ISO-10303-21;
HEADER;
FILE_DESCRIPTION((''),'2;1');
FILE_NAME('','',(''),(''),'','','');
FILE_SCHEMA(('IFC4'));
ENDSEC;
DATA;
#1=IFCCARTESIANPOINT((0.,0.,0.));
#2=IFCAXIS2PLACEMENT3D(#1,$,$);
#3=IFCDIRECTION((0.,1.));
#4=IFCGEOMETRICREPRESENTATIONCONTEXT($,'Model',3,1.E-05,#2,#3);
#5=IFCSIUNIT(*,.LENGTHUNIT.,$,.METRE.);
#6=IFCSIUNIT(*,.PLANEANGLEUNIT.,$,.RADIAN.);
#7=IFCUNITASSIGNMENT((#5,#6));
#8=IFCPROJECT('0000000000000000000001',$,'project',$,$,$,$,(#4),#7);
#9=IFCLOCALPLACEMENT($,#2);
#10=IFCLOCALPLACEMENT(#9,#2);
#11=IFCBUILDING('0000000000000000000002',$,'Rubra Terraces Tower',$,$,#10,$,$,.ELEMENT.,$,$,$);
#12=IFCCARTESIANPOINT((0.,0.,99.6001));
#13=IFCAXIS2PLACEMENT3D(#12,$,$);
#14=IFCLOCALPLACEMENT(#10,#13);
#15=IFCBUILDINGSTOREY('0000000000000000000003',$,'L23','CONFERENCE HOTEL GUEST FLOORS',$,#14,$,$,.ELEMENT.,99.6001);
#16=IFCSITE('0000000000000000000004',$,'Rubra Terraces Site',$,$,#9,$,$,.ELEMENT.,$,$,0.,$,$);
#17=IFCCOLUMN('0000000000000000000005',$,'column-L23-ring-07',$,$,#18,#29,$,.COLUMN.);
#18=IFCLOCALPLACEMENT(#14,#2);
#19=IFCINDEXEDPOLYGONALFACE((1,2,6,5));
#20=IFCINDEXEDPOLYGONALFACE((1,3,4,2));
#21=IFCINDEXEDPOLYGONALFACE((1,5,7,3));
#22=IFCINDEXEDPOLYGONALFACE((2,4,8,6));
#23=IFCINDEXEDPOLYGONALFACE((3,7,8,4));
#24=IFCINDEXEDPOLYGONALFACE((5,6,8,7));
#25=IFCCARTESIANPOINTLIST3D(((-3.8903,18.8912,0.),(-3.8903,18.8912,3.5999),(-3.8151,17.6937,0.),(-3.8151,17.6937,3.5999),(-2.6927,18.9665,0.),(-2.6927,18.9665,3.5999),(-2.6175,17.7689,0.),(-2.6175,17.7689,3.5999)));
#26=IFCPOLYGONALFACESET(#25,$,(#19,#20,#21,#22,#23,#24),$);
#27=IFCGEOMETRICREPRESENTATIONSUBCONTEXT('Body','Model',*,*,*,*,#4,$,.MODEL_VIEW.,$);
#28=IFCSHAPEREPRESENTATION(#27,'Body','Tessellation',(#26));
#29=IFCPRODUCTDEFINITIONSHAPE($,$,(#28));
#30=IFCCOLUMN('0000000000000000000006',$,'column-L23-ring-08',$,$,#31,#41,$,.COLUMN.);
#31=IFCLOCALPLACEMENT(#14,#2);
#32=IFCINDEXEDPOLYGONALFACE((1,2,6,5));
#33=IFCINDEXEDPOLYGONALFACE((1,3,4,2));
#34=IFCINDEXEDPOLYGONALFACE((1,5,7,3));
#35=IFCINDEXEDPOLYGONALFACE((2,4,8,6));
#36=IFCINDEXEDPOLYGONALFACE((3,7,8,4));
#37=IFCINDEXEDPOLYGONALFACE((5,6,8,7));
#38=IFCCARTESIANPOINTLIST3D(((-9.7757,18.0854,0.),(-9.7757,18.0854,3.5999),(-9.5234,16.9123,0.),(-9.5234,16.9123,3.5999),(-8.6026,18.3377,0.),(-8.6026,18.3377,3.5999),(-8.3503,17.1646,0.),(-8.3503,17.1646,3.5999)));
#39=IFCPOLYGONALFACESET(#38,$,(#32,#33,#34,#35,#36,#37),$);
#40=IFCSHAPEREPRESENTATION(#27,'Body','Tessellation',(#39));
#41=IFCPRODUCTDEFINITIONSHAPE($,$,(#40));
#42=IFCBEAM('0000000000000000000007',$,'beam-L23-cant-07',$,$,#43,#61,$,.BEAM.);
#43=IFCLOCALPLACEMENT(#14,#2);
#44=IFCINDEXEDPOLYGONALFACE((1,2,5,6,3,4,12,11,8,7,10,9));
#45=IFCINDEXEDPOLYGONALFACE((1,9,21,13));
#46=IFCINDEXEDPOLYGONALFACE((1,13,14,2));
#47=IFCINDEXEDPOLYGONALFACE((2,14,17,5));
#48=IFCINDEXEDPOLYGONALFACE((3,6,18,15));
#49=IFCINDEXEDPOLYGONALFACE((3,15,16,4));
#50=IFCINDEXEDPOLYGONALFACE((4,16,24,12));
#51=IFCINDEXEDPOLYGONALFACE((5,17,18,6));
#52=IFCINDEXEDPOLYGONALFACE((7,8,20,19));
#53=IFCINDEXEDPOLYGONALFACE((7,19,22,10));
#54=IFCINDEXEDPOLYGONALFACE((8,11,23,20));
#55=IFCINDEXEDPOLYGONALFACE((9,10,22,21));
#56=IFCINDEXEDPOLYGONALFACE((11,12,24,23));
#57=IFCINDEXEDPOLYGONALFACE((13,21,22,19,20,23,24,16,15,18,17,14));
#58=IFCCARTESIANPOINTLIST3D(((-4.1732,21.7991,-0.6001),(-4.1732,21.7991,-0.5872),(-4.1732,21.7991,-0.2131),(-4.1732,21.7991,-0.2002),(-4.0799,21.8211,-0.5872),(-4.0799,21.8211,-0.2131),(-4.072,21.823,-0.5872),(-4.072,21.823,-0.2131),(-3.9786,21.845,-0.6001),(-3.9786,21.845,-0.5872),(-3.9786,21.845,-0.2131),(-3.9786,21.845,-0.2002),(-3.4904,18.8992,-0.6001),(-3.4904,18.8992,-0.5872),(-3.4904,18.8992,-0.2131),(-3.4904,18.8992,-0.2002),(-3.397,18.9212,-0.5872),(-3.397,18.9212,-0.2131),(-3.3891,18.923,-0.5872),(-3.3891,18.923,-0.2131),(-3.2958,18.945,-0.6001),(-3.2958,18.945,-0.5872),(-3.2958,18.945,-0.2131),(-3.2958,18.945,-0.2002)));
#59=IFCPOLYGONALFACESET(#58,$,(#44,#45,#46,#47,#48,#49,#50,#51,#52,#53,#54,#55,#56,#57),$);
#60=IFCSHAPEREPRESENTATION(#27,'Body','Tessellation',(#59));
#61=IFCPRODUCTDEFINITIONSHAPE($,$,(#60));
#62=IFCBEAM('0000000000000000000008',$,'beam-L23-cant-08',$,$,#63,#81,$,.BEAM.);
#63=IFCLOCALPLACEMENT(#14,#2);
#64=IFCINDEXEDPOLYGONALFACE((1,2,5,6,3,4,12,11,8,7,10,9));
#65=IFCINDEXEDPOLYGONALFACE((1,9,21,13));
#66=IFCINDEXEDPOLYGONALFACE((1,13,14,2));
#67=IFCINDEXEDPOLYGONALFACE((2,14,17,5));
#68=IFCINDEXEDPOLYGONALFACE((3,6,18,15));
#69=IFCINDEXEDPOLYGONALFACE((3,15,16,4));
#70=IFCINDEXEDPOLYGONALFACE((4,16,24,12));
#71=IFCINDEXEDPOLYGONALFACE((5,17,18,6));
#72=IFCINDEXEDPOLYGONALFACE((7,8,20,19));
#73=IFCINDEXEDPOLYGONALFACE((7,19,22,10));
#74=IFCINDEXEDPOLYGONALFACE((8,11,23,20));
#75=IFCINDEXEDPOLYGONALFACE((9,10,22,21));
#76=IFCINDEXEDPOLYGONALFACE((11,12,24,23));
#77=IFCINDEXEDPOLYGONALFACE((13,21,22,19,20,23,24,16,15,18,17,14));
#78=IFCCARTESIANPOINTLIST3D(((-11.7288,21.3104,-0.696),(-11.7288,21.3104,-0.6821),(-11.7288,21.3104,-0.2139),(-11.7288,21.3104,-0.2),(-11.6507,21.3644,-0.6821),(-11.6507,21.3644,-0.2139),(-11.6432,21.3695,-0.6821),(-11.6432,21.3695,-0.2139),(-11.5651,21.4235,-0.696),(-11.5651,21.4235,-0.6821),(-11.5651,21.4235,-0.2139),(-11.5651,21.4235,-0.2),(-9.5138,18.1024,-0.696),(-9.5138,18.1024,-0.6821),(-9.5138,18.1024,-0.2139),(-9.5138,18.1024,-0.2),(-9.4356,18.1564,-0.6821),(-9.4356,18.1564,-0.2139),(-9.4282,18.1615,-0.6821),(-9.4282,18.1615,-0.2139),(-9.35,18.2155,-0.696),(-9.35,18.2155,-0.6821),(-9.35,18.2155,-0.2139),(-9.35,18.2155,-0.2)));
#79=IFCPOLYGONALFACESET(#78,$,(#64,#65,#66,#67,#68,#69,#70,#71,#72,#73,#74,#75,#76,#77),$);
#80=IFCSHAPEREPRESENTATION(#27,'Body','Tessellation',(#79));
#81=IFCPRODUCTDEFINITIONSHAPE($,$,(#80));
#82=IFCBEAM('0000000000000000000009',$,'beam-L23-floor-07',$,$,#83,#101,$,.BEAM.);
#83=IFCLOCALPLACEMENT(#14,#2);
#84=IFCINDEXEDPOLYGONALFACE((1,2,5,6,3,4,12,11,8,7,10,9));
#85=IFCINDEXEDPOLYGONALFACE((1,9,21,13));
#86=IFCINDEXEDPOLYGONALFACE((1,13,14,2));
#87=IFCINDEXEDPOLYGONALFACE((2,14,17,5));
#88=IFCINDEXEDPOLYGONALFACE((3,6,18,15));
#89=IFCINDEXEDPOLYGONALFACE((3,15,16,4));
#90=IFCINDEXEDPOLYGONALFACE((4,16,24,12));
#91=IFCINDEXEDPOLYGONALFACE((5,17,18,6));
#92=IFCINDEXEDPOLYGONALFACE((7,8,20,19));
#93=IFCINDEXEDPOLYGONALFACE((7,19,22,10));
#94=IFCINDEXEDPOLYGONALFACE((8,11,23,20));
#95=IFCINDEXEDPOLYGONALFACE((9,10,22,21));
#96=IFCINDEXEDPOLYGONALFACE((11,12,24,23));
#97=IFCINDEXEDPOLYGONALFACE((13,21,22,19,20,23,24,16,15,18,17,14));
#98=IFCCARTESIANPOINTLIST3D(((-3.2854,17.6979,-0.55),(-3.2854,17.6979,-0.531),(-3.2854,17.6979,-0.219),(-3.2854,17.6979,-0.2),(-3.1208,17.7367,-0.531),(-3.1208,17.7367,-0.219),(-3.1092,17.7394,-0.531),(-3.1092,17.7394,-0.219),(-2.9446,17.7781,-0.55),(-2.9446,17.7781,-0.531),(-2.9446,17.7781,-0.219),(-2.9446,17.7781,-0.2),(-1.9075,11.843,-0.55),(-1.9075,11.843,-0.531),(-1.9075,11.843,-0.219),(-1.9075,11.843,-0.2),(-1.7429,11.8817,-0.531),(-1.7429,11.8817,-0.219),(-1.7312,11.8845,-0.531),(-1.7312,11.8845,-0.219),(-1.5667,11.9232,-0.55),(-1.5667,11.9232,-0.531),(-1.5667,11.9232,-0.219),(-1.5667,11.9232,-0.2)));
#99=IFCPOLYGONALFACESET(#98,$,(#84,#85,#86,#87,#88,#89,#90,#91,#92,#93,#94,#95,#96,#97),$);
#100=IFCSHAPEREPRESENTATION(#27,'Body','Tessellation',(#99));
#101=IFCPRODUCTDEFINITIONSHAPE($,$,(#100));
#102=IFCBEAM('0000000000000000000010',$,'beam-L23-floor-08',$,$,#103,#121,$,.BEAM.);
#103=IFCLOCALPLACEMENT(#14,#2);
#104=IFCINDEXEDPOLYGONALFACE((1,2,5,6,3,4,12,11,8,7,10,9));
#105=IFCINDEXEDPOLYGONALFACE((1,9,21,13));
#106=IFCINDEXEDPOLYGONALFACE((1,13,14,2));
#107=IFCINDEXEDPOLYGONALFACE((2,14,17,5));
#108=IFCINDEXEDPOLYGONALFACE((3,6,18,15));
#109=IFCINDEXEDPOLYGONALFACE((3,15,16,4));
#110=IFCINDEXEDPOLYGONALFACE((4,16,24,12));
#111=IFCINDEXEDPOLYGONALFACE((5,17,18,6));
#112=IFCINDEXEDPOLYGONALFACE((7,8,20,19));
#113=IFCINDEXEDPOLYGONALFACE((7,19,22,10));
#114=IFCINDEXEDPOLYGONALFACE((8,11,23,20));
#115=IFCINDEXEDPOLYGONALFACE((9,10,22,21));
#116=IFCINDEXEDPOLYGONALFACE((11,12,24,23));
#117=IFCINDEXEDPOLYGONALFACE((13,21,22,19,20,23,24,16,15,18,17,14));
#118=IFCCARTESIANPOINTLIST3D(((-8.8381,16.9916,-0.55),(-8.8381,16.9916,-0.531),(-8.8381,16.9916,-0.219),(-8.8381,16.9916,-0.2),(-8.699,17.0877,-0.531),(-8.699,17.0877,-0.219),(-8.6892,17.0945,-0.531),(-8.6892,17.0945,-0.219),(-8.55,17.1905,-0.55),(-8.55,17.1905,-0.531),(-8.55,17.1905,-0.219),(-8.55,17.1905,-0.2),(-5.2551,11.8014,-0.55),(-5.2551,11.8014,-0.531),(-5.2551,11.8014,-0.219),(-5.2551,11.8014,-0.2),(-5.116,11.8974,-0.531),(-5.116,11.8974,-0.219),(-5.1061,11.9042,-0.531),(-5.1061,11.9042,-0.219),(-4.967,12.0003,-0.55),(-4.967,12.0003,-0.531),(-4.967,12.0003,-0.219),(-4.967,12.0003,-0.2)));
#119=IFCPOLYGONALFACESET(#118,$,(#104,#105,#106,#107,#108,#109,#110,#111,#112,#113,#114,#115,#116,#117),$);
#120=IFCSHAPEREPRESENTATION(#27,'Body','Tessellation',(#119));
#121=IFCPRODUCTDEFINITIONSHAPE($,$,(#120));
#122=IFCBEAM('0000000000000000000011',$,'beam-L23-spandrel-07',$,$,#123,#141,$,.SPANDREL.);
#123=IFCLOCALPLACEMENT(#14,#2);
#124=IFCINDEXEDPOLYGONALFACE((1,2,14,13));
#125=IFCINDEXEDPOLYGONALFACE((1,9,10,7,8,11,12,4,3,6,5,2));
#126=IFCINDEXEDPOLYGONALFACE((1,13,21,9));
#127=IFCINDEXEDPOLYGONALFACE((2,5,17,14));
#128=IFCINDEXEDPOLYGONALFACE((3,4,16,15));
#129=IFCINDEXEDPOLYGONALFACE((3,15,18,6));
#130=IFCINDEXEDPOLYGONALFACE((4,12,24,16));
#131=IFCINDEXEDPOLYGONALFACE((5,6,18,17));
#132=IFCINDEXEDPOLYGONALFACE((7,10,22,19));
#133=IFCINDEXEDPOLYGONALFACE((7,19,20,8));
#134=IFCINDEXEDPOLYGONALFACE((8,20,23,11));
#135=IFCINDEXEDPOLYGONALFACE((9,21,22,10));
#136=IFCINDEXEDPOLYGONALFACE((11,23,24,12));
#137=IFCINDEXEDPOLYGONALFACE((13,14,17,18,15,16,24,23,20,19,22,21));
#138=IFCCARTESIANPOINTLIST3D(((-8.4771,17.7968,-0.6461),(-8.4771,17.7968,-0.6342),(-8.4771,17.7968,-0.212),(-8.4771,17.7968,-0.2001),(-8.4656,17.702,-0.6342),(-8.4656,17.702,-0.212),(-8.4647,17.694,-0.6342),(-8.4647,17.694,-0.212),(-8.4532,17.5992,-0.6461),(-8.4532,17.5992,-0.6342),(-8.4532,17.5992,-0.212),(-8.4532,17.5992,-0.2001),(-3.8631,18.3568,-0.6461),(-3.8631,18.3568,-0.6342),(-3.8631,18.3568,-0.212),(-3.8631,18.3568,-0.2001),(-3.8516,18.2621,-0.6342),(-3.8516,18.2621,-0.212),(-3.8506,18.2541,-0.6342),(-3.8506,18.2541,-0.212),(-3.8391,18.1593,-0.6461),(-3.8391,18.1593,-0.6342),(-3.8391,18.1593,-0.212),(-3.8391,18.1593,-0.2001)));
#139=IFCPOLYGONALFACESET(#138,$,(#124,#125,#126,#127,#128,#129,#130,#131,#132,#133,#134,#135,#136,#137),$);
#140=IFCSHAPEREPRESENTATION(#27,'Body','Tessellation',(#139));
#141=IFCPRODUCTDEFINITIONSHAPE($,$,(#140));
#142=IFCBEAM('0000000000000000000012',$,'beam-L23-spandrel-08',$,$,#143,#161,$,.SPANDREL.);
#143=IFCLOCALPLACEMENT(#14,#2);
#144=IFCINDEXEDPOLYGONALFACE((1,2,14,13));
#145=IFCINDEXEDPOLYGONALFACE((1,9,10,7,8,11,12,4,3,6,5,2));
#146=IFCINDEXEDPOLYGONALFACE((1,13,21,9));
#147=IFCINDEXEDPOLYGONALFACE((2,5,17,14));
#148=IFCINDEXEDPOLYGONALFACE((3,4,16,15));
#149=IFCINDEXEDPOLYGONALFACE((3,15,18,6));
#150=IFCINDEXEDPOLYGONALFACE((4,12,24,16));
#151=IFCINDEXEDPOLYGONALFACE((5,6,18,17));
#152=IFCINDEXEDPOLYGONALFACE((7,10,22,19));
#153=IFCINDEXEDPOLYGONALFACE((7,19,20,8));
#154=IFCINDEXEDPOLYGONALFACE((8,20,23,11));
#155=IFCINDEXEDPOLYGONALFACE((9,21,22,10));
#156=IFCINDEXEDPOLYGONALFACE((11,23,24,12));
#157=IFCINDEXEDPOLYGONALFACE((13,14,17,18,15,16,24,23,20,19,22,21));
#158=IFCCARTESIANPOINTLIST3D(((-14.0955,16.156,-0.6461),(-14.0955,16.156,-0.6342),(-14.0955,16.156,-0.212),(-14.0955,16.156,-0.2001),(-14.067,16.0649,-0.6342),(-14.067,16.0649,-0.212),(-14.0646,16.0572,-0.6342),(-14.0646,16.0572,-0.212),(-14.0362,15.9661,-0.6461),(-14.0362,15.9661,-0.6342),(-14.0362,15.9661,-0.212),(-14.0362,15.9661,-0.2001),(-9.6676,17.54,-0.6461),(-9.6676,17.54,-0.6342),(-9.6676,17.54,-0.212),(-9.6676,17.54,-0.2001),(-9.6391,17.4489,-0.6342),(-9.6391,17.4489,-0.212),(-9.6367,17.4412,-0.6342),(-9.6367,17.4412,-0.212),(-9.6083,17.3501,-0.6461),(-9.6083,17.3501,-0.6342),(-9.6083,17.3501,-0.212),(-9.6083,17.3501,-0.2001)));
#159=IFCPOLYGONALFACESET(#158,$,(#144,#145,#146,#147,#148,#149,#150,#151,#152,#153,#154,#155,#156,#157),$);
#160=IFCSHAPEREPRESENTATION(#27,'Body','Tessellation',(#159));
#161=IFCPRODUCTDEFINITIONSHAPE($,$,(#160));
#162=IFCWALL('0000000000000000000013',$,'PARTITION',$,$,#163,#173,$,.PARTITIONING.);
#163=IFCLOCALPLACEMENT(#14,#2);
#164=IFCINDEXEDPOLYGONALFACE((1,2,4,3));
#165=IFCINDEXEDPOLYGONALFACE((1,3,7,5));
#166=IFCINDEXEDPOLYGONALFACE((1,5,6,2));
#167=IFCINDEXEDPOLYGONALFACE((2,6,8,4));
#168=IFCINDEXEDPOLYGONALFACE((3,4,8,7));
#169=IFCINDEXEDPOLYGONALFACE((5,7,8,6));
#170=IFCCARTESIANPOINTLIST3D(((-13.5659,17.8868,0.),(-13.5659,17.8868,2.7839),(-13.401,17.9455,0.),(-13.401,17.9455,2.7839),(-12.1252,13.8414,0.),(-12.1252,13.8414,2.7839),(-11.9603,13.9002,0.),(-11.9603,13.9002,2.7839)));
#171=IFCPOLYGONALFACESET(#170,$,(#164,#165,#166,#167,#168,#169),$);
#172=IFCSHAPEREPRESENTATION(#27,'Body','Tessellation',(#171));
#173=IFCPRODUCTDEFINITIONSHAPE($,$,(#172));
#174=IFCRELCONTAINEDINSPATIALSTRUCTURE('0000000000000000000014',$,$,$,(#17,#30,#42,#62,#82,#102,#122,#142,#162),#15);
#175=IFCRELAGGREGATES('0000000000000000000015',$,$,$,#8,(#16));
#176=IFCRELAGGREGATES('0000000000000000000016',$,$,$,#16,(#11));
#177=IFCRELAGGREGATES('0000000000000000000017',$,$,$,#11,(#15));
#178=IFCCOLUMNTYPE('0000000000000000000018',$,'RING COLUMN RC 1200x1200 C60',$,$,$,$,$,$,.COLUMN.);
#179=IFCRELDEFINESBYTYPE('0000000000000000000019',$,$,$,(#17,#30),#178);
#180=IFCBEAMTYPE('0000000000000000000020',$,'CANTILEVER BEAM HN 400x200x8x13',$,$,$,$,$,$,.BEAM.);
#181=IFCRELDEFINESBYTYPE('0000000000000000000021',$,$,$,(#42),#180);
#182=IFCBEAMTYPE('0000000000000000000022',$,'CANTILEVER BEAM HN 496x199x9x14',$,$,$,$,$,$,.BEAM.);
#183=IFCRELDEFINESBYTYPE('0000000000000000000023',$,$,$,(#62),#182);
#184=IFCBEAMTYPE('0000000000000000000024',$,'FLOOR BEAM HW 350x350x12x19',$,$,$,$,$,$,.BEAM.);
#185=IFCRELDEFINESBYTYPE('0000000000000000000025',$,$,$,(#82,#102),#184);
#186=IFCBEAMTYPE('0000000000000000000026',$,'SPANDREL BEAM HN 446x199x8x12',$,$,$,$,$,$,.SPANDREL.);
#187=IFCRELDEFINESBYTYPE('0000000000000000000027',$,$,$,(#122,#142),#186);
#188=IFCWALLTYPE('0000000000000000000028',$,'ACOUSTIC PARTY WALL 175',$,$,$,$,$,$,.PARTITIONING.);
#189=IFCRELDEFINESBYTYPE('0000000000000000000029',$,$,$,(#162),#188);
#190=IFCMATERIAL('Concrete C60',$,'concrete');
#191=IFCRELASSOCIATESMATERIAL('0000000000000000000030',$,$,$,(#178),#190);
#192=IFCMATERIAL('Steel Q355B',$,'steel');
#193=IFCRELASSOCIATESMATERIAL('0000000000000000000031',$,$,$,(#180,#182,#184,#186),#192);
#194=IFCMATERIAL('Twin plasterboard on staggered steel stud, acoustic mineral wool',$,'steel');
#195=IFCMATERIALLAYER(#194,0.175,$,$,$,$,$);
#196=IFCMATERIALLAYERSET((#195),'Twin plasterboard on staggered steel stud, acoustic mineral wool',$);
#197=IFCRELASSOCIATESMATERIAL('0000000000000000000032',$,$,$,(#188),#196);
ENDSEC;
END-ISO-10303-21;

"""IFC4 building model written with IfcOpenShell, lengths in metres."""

from ifc_helpers import new_model, si_unit, direction, frame, frame_2d, origin, origin_2d, place, context, subcontext, project, spatial, rectangle, i_section, extrude, material, layer, layer_set, material_profile, profile_set, type_object, element, save


model = new_model("IFC4")

# Units and contexts
model_context = context("Model", 3, precision=1e-05, world=origin(), true_north=direction((0.0, 1.0)))
body_context = subcontext(model_context, "Body", "Model", "MODEL_VIEW")
ifc_project = project(units=[si_unit("LENGTHUNIT", "METRE"), si_unit("PLANEANGLEUNIT", "RADIAN")], contexts=[model_context])

# Site, building, storey
site_placement = place(None, origin())
site = spatial("IfcSite", under=ifc_project, at=site_placement, Name="Rubra Terraces Site", CompositionType="ELEMENT", RefElevation=0.0)
building_placement = place(site_placement, origin())
building = spatial("IfcBuilding", under=site, at=building_placement, Name="Rubra Terraces Tower", CompositionType="ELEMENT")
storey_placement = place(building_placement, frame((0.0, 0.0, 99.6001)))
storey = spatial("IfcBuildingStorey", under=building, at=storey_placement, Name="L23", Description="CONFERENCE HOTEL GUEST FLOORS", CompositionType="ELEMENT", Elevation=99.6001)

# Columns
ifc_material_1 = material(Name="Concrete C60", Category="concrete")
ifc_material_profile_1 = material_profile(ifc_material_1, rectangle(XDim=1.2, YDim=1.2, at=origin_2d()), Name="RC 1200x1200")
ifc_profile_set_1 = profile_set([ifc_material_profile_1], Name="Concrete C60")
column_type = type_object("IfcColumnType", Name="RING COLUMN RC 1200x1200 C60", PredefinedType="COLUMN", material=ifc_profile_set_1)
for number, where, z_axis, x_axis, name in (
    (1, (-3.2539, 18.3301, 0.0), (0.0, 0.0, 1.0), (-0.998032, -0.062714, 0.0), "column-L23-ring-07"),
    (2, (-9.063, 17.625, 0.0), (0.0, 0.0, 1.0), (-0.977653, -0.210227, 0.0), "column-L23-ring-08"),
):
    element("IfcColumn", number, at=place(storey_placement, frame(where, z_axis=z_axis, x_axis=x_axis)), inside=storey, type_object=column_type, Name=name, PredefinedType="COLUMN", context=body_context, shape_type="SweptSolid", body=[
        extrude(rectangle(XDim=1.2, YDim=1.2, at=origin_2d()), origin(), (0.0, 0.0, 1.0), 3.5999),
    ])

# Beams
ifc_material_2 = material(Name="Steel Q355B", Category="steel")
ifc_material_profile_2 = material_profile(ifc_material_2, i_section(OverallWidth=0.2, OverallDepth=0.3999, WebThickness=0.0081, FlangeThickness=0.0129, at=origin_2d()), Name="HN 400x200x8x13")
ifc_profile_set_2 = profile_set([ifc_material_profile_2], Name="Steel Q355B")
beam_type_1 = type_object("IfcBeamType", Name="CANTILEVER BEAM HN 400x200x8x13", PredefinedType="BEAM", material=ifc_profile_set_2)
beam_1_placement = place(storey_placement, frame((-3.3931, 18.9221, -0.4001), z_axis=(-0.229208, 0.973377, 0.0), x_axis=(-0.973377, -0.229208, 0.0)))
element("IfcBeam", 3, at=beam_1_placement, inside=storey, type_object=beam_type_1, Name="beam-L23-cant-07", PredefinedType="BEAM", context=body_context, shape_type="SweptSolid", body=[
    extrude(i_section(OverallWidth=0.2, OverallDepth=0.3999, WebThickness=0.0081, FlangeThickness=0.0129, at=origin_2d()), origin(), (0.0, 0.0, 1.0), 2.9792),
])
ifc_material_profile_3 = material_profile(ifc_material_2, i_section(OverallWidth=0.199, OverallDepth=0.4961, WebThickness=0.009, FlangeThickness=0.0139, at=origin_2d()), Name="HN 496x199x9x14")
ifc_profile_set_3 = profile_set([ifc_material_profile_3], Name="Steel Q355B")
beam_type_2 = type_object("IfcBeamType", Name="CANTILEVER BEAM HN 496x199x9x14", PredefinedType="BEAM", material=ifc_profile_set_3)
beam_2_placement = place(storey_placement, frame((-9.4319, 18.1589, -0.448), z_axis=(-0.568197, 0.822893, 0.0), x_axis=(-0.822893, -0.568197, 0.0)))
element("IfcBeam", 4, at=beam_2_placement, inside=storey, type_object=beam_type_2, Name="beam-L23-cant-08", PredefinedType="BEAM", context=body_context, shape_type="SweptSolid", body=[
    extrude(i_section(OverallWidth=0.199, OverallDepth=0.4961, WebThickness=0.009, FlangeThickness=0.0139, at=origin_2d()), origin(), (0.0, 0.0, 1.0), 3.8984),
])
ifc_material_profile_4 = material_profile(ifc_material_2, i_section(OverallWidth=0.3501, OverallDepth=0.3501, WebThickness=0.012, FlangeThickness=0.019, at=origin_2d()), Name="HW 350x350x12x19")
ifc_profile_set_4 = profile_set([ifc_material_profile_4], Name="Steel Q355B")
beam_type_3 = type_object("IfcBeamType", Name="FLOOR BEAM HW 350x350x12x19", PredefinedType="BEAM", material=ifc_profile_set_4)
beam_3_placement = place(storey_placement, frame((-3.115, 17.738, -0.375), z_axis=(0.229085, -0.973407, 0.0), x_axis=(0.973407, 0.229085, 0.0)))
element("IfcBeam", 5, at=beam_3_placement, inside=storey, type_object=beam_type_3, Name="beam-L23-floor-07", PredefinedType="BEAM", context=body_context, shape_type="SweptSolid", body=[
    extrude(i_section(OverallWidth=0.3501, OverallDepth=0.3501, WebThickness=0.012, FlangeThickness=0.019, at=origin_2d()), origin(), (0.0, 0.0, 1.0), 6.0149),
])
beam_4_placement = place(storey_placement, frame((-8.6941, 17.0911, -0.375), z_axis=(0.568116, -0.822948, 0.0), x_axis=(0.822948, 0.568116, 0.0)))
element("IfcBeam", 6, at=beam_4_placement, inside=storey, type_object=beam_type_3, Name="beam-L23-floor-08", PredefinedType="BEAM", context=body_context, shape_type="SweptSolid", body=[
    extrude(i_section(OverallWidth=0.3501, OverallDepth=0.3501, WebThickness=0.012, FlangeThickness=0.019, at=origin_2d()), origin(), (0.0, 0.0, 1.0), 6.3069),
])
ifc_material_profile_5 = material_profile(ifc_material_2, i_section(OverallWidth=0.199, OverallDepth=0.446, WebThickness=0.0081, FlangeThickness=0.012, at=origin_2d()), Name="HN 446x199x8x12")
ifc_profile_set_5 = profile_set([ifc_material_profile_5], Name="Steel Q355B")
beam_type_4 = type_object("IfcBeamType", Name="SPANDREL BEAM HN 446x199x8x12", PredefinedType="SPANDREL", material=ifc_profile_set_5)
beam_5_placement = place(storey_placement, frame((-3.8511, 18.2581, -0.4231), z_axis=(-0.992714, -0.120498, 0.0), x_axis=(0.120498, -0.992714, 0.0)))
element("IfcBeam", 7, at=beam_5_placement, inside=storey, type_object=beam_type_4, Name="beam-L23-spandrel-07", PredefinedType="SPANDREL", context=body_context, shape_type="SweptSolid", body=[
    extrude(i_section(OverallWidth=0.199, OverallDepth=0.446, WebThickness=0.0081, FlangeThickness=0.012, at=origin_2d()), origin(), (0.0, 0.0, 1.0), 4.6479),
])
beam_6_placement = place(storey_placement, frame((-9.6379, 17.4451, -0.4231), z_axis=(-0.954462, -0.298332, 0.0), x_axis=(0.298332, -0.954462, 0.0)))
element("IfcBeam", 8, at=beam_6_placement, inside=storey, type_object=beam_type_4, Name="beam-L23-spandrel-08", PredefinedType="SPANDREL", context=body_context, shape_type="SweptSolid", body=[
    extrude(i_section(OverallWidth=0.199, OverallDepth=0.446, WebThickness=0.0081, FlangeThickness=0.012, at=origin_2d()), origin(), (0.0, 0.0, 1.0), 4.6392),
])

# Wall
ifc_material_3 = material(Name="Twin plasterboard on staggered steel stud, acoustic mineral wool", Category="steel")
ifc_layer_1 = layer(ifc_material_3, 0.175)
ifc_layer_set_1 = layer_set([ifc_layer_1], Name="Twin plasterboard on staggered steel stud, acoustic mineral wool")
wall_type_1 = type_object("IfcWallType", Name="ACOUSTIC PARTY WALL 175", PredefinedType="PARTITIONING", material=ifc_layer_set_1)
wall_1_placement = place(storey_placement, frame((-13.4834, 17.916, 0.0), z_axis=(0.0, 0.0, 1.0), x_axis=(0.335486, -0.942045, 0.0)))
element("IfcWall", 9, at=wall_1_placement, inside=storey, type_object=wall_type_1, Name="PARTITION", PredefinedType="PARTITIONING", context=body_context, shape_type="SweptSolid", body=[
    extrude(rectangle(XDim=4.2942, YDim=0.175, at=frame_2d((2.147, 0.0))), origin(), (0.0, 0.0, 1.0), 2.7839),
])

save(model, "model.ifc")
